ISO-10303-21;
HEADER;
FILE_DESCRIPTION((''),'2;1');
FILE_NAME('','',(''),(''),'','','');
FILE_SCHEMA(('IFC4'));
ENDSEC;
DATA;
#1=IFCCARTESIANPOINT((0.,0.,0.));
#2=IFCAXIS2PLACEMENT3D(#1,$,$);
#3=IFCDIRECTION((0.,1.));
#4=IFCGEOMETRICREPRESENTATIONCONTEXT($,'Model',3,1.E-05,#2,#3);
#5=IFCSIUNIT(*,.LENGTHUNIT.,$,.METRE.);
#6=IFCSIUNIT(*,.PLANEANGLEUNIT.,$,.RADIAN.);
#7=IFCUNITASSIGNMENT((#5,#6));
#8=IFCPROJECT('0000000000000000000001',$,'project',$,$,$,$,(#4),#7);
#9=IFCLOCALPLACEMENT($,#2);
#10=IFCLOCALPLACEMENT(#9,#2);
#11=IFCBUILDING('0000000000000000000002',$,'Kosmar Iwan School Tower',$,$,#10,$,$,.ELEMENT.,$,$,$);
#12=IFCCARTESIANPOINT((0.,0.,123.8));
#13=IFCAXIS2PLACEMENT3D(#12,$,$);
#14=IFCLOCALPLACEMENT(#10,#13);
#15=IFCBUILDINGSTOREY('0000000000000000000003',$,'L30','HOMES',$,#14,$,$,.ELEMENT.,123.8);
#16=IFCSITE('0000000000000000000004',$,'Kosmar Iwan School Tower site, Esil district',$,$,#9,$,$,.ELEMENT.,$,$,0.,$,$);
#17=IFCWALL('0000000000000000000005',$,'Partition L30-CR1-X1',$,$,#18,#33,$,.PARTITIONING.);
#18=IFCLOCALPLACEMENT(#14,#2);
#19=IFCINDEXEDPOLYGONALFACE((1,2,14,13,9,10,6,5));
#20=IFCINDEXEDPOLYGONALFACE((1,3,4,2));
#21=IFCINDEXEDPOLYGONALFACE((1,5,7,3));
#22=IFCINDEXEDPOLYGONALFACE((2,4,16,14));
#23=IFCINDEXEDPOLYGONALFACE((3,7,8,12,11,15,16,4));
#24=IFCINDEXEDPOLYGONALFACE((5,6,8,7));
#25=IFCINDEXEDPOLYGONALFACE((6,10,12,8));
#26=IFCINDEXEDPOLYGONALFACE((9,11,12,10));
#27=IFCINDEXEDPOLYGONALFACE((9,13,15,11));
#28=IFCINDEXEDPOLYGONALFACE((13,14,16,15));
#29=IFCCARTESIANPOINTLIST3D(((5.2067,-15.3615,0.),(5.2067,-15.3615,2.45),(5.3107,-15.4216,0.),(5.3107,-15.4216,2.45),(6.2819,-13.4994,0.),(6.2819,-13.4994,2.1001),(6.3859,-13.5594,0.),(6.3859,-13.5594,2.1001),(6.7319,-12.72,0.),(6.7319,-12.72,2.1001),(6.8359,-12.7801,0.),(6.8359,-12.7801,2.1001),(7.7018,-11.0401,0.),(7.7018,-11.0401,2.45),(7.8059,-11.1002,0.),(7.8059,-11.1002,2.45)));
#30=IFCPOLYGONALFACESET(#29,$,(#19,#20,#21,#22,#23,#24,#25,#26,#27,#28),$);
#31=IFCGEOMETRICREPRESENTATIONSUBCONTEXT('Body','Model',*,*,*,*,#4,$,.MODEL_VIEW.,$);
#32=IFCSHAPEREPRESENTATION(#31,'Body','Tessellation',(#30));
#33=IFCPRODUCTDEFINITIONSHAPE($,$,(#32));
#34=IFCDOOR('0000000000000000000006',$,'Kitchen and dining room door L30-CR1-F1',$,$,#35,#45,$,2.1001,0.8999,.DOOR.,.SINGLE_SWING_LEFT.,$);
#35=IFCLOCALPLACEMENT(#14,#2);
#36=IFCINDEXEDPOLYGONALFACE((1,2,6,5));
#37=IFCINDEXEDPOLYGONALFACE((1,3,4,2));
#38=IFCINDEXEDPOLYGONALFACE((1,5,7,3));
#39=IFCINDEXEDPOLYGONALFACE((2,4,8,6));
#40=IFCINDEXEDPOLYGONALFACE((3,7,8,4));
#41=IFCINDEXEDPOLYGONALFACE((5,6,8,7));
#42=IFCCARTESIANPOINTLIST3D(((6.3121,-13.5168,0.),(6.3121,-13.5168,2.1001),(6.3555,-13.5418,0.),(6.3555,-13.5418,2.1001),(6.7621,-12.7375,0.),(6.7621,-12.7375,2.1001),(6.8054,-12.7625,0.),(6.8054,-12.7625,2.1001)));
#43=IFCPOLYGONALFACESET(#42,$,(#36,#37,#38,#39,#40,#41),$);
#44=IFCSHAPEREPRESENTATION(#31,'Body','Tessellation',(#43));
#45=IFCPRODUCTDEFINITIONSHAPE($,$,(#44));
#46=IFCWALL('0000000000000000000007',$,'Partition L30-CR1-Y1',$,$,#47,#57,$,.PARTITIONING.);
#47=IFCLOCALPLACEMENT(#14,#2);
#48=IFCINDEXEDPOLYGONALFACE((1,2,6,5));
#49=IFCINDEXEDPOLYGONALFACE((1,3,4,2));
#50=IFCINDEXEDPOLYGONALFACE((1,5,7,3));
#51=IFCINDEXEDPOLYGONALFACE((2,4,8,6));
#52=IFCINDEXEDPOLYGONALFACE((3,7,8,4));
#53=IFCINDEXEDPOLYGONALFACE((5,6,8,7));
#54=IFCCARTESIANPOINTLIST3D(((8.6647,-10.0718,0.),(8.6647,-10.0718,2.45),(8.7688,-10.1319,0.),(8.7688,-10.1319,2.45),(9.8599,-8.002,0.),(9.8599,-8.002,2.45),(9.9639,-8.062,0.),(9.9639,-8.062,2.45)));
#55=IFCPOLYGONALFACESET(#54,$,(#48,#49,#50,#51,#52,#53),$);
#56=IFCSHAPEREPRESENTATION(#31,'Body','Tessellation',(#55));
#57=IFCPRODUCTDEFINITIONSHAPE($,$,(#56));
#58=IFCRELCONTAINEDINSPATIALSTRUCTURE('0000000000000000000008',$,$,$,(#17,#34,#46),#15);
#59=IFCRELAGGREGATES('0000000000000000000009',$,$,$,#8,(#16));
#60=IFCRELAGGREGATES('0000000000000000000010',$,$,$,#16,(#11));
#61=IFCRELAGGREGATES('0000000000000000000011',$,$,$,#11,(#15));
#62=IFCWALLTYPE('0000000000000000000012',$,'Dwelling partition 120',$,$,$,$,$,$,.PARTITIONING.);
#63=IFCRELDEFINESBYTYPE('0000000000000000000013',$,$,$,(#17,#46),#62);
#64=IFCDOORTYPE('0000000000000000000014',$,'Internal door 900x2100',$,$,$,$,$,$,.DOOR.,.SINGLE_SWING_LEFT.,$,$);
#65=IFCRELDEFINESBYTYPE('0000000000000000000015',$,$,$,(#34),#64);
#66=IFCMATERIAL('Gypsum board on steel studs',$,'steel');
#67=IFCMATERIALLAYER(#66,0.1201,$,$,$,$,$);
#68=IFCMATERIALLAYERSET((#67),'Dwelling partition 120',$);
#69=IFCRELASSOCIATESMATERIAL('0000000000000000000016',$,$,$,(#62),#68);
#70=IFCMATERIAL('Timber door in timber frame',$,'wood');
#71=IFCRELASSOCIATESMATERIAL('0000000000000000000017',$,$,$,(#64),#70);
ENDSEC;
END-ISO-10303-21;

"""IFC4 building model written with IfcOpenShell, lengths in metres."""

from ifc_helpers import new_model, si_unit, direction, frame, frame_2d, origin, place, context, subcontext, project, spatial, rectangle, extrude, material, layer, layer_set, type_object, element, fill, save


model = new_model("IFC4")

# Units and contexts
model_context = context("Model", 3, precision=1e-05, world=origin(), true_north=direction((0.0, 1.0)))
body_context = subcontext(model_context, "Body", "Model", "MODEL_VIEW")
ifc_project = project(units=[si_unit("LENGTHUNIT", "METRE"), si_unit("PLANEANGLEUNIT", "RADIAN")], contexts=[model_context])

# Site, building, storey
site_placement = place(None, origin())
site = spatial("IfcSite", under=ifc_project, at=site_placement, Name="Kosmar Iwan School Tower site, Esil district", CompositionType="ELEMENT", RefElevation=0.0)
building_placement = place(site_placement, origin())
building = spatial("IfcBuilding", under=site, at=building_placement, Name="Kosmar Iwan School Tower", CompositionType="ELEMENT")
storey_placement = place(building_placement, frame((0.0, 0.0, 123.8)))
storey = spatial("IfcBuildingStorey", under=building, at=storey_placement, Name="L30", Description="HOMES", CompositionType="ELEMENT", Elevation=123.8)

# Shared definitions
ifc_material_1 = material(Name="Gypsum board on steel studs", Category="steel")
ifc_layer = layer(ifc_material_1, 0.1201)
ifc_layer_set = layer_set([ifc_layer], Name="Dwelling partition 120")
wall_type = type_object("IfcWallType", Name="Dwelling partition 120", PredefinedType="PARTITIONING", material=ifc_layer_set)
ifc_material_2 = material(Name="Timber door in timber frame", Category="wood")
door_type_1 = type_object("IfcDoorType", Name="Internal door 900x2100", OperationType="SINGLE_SWING_LEFT", PredefinedType="DOOR", material=ifc_material_2)

# Wall, opening, door
wall_1_placement = place(storey_placement, frame((7.7539, -11.0701, 0.0), z_axis=(0.0, 0.0, 1.0), x_axis=(-0.500033, -0.866006, 0.0)))
wall_1 = element("IfcWall", 1, at=wall_1_placement, inside=storey, type_object=wall_type, Name="Partition L30-CR1-X1", PredefinedType="PARTITIONING", context=body_context, shape_type="SweptSolid", body=[
    extrude(rectangle(XDim=4.99, YDim=0.1201, at=frame_2d((2.4951, 0.0))), origin(), (0.0, 0.0, 1.0), 2.45),
])
opening_1_placement = place(wall_1_placement, frame((1.9399, 0.0, 0.0)))
opening_1 = element("IfcOpeningElement", 2, at=opening_1_placement, cuts=wall_1, PredefinedType="OPENING", context=body_context, shape_type="SweptSolid", body=[
    extrude(rectangle(XDim=0.8999, YDim=2.1001, at=frame_2d((0.45, 1.05))), frame((0.0, 0.072, 0.0), z_axis=(0.0, -1.0, 0.0), x_axis=(1.0, 0.0, 0.0)), (0.0, 0.0, 1.0), 0.144),
])
door_1_placement = place(opening_1_placement, origin())
door_1 = element("IfcDoor", 3, at=door_1_placement, inside=storey, type_object=door_type_1, Name="Kitchen and dining room door L30-CR1-F1", OperationType="SINGLE_SWING_LEFT", OverallHeight=2.1001, OverallWidth=0.8999, PredefinedType="DOOR", context=body_context, shape_type="SweptSolid", body=[
    extrude(rectangle(XDim=0.8999, YDim=2.1001, at=frame_2d((0.45, 1.05))), frame((0.0, 0.0249, 0.0), z_axis=(0.0, -1.0, 0.0), x_axis=(1.0, 0.0, 0.0)), (0.0, 0.0, 1.0), 0.05),
])
fill(opening_1, door_1)

# Wall
wall_2_placement = place(storey_placement, frame((9.9119, -8.032, 0.0), z_axis=(0.0, 0.0, 1.0), x_axis=(-0.500017, -0.866015, 0.0)))
element("IfcWall", 4, at=wall_2_placement, inside=storey, type_object=wall_type, Name="Partition L30-CR1-Y1", PredefinedType="PARTITIONING", context=body_context, shape_type="SweptSolid", body=[
    extrude(rectangle(XDim=2.3901, YDim=0.1201, at=frame_2d((1.1951, 0.0))), origin(), (0.0, 0.0, 1.0), 2.45),
])

save(model, "model.ifc")
